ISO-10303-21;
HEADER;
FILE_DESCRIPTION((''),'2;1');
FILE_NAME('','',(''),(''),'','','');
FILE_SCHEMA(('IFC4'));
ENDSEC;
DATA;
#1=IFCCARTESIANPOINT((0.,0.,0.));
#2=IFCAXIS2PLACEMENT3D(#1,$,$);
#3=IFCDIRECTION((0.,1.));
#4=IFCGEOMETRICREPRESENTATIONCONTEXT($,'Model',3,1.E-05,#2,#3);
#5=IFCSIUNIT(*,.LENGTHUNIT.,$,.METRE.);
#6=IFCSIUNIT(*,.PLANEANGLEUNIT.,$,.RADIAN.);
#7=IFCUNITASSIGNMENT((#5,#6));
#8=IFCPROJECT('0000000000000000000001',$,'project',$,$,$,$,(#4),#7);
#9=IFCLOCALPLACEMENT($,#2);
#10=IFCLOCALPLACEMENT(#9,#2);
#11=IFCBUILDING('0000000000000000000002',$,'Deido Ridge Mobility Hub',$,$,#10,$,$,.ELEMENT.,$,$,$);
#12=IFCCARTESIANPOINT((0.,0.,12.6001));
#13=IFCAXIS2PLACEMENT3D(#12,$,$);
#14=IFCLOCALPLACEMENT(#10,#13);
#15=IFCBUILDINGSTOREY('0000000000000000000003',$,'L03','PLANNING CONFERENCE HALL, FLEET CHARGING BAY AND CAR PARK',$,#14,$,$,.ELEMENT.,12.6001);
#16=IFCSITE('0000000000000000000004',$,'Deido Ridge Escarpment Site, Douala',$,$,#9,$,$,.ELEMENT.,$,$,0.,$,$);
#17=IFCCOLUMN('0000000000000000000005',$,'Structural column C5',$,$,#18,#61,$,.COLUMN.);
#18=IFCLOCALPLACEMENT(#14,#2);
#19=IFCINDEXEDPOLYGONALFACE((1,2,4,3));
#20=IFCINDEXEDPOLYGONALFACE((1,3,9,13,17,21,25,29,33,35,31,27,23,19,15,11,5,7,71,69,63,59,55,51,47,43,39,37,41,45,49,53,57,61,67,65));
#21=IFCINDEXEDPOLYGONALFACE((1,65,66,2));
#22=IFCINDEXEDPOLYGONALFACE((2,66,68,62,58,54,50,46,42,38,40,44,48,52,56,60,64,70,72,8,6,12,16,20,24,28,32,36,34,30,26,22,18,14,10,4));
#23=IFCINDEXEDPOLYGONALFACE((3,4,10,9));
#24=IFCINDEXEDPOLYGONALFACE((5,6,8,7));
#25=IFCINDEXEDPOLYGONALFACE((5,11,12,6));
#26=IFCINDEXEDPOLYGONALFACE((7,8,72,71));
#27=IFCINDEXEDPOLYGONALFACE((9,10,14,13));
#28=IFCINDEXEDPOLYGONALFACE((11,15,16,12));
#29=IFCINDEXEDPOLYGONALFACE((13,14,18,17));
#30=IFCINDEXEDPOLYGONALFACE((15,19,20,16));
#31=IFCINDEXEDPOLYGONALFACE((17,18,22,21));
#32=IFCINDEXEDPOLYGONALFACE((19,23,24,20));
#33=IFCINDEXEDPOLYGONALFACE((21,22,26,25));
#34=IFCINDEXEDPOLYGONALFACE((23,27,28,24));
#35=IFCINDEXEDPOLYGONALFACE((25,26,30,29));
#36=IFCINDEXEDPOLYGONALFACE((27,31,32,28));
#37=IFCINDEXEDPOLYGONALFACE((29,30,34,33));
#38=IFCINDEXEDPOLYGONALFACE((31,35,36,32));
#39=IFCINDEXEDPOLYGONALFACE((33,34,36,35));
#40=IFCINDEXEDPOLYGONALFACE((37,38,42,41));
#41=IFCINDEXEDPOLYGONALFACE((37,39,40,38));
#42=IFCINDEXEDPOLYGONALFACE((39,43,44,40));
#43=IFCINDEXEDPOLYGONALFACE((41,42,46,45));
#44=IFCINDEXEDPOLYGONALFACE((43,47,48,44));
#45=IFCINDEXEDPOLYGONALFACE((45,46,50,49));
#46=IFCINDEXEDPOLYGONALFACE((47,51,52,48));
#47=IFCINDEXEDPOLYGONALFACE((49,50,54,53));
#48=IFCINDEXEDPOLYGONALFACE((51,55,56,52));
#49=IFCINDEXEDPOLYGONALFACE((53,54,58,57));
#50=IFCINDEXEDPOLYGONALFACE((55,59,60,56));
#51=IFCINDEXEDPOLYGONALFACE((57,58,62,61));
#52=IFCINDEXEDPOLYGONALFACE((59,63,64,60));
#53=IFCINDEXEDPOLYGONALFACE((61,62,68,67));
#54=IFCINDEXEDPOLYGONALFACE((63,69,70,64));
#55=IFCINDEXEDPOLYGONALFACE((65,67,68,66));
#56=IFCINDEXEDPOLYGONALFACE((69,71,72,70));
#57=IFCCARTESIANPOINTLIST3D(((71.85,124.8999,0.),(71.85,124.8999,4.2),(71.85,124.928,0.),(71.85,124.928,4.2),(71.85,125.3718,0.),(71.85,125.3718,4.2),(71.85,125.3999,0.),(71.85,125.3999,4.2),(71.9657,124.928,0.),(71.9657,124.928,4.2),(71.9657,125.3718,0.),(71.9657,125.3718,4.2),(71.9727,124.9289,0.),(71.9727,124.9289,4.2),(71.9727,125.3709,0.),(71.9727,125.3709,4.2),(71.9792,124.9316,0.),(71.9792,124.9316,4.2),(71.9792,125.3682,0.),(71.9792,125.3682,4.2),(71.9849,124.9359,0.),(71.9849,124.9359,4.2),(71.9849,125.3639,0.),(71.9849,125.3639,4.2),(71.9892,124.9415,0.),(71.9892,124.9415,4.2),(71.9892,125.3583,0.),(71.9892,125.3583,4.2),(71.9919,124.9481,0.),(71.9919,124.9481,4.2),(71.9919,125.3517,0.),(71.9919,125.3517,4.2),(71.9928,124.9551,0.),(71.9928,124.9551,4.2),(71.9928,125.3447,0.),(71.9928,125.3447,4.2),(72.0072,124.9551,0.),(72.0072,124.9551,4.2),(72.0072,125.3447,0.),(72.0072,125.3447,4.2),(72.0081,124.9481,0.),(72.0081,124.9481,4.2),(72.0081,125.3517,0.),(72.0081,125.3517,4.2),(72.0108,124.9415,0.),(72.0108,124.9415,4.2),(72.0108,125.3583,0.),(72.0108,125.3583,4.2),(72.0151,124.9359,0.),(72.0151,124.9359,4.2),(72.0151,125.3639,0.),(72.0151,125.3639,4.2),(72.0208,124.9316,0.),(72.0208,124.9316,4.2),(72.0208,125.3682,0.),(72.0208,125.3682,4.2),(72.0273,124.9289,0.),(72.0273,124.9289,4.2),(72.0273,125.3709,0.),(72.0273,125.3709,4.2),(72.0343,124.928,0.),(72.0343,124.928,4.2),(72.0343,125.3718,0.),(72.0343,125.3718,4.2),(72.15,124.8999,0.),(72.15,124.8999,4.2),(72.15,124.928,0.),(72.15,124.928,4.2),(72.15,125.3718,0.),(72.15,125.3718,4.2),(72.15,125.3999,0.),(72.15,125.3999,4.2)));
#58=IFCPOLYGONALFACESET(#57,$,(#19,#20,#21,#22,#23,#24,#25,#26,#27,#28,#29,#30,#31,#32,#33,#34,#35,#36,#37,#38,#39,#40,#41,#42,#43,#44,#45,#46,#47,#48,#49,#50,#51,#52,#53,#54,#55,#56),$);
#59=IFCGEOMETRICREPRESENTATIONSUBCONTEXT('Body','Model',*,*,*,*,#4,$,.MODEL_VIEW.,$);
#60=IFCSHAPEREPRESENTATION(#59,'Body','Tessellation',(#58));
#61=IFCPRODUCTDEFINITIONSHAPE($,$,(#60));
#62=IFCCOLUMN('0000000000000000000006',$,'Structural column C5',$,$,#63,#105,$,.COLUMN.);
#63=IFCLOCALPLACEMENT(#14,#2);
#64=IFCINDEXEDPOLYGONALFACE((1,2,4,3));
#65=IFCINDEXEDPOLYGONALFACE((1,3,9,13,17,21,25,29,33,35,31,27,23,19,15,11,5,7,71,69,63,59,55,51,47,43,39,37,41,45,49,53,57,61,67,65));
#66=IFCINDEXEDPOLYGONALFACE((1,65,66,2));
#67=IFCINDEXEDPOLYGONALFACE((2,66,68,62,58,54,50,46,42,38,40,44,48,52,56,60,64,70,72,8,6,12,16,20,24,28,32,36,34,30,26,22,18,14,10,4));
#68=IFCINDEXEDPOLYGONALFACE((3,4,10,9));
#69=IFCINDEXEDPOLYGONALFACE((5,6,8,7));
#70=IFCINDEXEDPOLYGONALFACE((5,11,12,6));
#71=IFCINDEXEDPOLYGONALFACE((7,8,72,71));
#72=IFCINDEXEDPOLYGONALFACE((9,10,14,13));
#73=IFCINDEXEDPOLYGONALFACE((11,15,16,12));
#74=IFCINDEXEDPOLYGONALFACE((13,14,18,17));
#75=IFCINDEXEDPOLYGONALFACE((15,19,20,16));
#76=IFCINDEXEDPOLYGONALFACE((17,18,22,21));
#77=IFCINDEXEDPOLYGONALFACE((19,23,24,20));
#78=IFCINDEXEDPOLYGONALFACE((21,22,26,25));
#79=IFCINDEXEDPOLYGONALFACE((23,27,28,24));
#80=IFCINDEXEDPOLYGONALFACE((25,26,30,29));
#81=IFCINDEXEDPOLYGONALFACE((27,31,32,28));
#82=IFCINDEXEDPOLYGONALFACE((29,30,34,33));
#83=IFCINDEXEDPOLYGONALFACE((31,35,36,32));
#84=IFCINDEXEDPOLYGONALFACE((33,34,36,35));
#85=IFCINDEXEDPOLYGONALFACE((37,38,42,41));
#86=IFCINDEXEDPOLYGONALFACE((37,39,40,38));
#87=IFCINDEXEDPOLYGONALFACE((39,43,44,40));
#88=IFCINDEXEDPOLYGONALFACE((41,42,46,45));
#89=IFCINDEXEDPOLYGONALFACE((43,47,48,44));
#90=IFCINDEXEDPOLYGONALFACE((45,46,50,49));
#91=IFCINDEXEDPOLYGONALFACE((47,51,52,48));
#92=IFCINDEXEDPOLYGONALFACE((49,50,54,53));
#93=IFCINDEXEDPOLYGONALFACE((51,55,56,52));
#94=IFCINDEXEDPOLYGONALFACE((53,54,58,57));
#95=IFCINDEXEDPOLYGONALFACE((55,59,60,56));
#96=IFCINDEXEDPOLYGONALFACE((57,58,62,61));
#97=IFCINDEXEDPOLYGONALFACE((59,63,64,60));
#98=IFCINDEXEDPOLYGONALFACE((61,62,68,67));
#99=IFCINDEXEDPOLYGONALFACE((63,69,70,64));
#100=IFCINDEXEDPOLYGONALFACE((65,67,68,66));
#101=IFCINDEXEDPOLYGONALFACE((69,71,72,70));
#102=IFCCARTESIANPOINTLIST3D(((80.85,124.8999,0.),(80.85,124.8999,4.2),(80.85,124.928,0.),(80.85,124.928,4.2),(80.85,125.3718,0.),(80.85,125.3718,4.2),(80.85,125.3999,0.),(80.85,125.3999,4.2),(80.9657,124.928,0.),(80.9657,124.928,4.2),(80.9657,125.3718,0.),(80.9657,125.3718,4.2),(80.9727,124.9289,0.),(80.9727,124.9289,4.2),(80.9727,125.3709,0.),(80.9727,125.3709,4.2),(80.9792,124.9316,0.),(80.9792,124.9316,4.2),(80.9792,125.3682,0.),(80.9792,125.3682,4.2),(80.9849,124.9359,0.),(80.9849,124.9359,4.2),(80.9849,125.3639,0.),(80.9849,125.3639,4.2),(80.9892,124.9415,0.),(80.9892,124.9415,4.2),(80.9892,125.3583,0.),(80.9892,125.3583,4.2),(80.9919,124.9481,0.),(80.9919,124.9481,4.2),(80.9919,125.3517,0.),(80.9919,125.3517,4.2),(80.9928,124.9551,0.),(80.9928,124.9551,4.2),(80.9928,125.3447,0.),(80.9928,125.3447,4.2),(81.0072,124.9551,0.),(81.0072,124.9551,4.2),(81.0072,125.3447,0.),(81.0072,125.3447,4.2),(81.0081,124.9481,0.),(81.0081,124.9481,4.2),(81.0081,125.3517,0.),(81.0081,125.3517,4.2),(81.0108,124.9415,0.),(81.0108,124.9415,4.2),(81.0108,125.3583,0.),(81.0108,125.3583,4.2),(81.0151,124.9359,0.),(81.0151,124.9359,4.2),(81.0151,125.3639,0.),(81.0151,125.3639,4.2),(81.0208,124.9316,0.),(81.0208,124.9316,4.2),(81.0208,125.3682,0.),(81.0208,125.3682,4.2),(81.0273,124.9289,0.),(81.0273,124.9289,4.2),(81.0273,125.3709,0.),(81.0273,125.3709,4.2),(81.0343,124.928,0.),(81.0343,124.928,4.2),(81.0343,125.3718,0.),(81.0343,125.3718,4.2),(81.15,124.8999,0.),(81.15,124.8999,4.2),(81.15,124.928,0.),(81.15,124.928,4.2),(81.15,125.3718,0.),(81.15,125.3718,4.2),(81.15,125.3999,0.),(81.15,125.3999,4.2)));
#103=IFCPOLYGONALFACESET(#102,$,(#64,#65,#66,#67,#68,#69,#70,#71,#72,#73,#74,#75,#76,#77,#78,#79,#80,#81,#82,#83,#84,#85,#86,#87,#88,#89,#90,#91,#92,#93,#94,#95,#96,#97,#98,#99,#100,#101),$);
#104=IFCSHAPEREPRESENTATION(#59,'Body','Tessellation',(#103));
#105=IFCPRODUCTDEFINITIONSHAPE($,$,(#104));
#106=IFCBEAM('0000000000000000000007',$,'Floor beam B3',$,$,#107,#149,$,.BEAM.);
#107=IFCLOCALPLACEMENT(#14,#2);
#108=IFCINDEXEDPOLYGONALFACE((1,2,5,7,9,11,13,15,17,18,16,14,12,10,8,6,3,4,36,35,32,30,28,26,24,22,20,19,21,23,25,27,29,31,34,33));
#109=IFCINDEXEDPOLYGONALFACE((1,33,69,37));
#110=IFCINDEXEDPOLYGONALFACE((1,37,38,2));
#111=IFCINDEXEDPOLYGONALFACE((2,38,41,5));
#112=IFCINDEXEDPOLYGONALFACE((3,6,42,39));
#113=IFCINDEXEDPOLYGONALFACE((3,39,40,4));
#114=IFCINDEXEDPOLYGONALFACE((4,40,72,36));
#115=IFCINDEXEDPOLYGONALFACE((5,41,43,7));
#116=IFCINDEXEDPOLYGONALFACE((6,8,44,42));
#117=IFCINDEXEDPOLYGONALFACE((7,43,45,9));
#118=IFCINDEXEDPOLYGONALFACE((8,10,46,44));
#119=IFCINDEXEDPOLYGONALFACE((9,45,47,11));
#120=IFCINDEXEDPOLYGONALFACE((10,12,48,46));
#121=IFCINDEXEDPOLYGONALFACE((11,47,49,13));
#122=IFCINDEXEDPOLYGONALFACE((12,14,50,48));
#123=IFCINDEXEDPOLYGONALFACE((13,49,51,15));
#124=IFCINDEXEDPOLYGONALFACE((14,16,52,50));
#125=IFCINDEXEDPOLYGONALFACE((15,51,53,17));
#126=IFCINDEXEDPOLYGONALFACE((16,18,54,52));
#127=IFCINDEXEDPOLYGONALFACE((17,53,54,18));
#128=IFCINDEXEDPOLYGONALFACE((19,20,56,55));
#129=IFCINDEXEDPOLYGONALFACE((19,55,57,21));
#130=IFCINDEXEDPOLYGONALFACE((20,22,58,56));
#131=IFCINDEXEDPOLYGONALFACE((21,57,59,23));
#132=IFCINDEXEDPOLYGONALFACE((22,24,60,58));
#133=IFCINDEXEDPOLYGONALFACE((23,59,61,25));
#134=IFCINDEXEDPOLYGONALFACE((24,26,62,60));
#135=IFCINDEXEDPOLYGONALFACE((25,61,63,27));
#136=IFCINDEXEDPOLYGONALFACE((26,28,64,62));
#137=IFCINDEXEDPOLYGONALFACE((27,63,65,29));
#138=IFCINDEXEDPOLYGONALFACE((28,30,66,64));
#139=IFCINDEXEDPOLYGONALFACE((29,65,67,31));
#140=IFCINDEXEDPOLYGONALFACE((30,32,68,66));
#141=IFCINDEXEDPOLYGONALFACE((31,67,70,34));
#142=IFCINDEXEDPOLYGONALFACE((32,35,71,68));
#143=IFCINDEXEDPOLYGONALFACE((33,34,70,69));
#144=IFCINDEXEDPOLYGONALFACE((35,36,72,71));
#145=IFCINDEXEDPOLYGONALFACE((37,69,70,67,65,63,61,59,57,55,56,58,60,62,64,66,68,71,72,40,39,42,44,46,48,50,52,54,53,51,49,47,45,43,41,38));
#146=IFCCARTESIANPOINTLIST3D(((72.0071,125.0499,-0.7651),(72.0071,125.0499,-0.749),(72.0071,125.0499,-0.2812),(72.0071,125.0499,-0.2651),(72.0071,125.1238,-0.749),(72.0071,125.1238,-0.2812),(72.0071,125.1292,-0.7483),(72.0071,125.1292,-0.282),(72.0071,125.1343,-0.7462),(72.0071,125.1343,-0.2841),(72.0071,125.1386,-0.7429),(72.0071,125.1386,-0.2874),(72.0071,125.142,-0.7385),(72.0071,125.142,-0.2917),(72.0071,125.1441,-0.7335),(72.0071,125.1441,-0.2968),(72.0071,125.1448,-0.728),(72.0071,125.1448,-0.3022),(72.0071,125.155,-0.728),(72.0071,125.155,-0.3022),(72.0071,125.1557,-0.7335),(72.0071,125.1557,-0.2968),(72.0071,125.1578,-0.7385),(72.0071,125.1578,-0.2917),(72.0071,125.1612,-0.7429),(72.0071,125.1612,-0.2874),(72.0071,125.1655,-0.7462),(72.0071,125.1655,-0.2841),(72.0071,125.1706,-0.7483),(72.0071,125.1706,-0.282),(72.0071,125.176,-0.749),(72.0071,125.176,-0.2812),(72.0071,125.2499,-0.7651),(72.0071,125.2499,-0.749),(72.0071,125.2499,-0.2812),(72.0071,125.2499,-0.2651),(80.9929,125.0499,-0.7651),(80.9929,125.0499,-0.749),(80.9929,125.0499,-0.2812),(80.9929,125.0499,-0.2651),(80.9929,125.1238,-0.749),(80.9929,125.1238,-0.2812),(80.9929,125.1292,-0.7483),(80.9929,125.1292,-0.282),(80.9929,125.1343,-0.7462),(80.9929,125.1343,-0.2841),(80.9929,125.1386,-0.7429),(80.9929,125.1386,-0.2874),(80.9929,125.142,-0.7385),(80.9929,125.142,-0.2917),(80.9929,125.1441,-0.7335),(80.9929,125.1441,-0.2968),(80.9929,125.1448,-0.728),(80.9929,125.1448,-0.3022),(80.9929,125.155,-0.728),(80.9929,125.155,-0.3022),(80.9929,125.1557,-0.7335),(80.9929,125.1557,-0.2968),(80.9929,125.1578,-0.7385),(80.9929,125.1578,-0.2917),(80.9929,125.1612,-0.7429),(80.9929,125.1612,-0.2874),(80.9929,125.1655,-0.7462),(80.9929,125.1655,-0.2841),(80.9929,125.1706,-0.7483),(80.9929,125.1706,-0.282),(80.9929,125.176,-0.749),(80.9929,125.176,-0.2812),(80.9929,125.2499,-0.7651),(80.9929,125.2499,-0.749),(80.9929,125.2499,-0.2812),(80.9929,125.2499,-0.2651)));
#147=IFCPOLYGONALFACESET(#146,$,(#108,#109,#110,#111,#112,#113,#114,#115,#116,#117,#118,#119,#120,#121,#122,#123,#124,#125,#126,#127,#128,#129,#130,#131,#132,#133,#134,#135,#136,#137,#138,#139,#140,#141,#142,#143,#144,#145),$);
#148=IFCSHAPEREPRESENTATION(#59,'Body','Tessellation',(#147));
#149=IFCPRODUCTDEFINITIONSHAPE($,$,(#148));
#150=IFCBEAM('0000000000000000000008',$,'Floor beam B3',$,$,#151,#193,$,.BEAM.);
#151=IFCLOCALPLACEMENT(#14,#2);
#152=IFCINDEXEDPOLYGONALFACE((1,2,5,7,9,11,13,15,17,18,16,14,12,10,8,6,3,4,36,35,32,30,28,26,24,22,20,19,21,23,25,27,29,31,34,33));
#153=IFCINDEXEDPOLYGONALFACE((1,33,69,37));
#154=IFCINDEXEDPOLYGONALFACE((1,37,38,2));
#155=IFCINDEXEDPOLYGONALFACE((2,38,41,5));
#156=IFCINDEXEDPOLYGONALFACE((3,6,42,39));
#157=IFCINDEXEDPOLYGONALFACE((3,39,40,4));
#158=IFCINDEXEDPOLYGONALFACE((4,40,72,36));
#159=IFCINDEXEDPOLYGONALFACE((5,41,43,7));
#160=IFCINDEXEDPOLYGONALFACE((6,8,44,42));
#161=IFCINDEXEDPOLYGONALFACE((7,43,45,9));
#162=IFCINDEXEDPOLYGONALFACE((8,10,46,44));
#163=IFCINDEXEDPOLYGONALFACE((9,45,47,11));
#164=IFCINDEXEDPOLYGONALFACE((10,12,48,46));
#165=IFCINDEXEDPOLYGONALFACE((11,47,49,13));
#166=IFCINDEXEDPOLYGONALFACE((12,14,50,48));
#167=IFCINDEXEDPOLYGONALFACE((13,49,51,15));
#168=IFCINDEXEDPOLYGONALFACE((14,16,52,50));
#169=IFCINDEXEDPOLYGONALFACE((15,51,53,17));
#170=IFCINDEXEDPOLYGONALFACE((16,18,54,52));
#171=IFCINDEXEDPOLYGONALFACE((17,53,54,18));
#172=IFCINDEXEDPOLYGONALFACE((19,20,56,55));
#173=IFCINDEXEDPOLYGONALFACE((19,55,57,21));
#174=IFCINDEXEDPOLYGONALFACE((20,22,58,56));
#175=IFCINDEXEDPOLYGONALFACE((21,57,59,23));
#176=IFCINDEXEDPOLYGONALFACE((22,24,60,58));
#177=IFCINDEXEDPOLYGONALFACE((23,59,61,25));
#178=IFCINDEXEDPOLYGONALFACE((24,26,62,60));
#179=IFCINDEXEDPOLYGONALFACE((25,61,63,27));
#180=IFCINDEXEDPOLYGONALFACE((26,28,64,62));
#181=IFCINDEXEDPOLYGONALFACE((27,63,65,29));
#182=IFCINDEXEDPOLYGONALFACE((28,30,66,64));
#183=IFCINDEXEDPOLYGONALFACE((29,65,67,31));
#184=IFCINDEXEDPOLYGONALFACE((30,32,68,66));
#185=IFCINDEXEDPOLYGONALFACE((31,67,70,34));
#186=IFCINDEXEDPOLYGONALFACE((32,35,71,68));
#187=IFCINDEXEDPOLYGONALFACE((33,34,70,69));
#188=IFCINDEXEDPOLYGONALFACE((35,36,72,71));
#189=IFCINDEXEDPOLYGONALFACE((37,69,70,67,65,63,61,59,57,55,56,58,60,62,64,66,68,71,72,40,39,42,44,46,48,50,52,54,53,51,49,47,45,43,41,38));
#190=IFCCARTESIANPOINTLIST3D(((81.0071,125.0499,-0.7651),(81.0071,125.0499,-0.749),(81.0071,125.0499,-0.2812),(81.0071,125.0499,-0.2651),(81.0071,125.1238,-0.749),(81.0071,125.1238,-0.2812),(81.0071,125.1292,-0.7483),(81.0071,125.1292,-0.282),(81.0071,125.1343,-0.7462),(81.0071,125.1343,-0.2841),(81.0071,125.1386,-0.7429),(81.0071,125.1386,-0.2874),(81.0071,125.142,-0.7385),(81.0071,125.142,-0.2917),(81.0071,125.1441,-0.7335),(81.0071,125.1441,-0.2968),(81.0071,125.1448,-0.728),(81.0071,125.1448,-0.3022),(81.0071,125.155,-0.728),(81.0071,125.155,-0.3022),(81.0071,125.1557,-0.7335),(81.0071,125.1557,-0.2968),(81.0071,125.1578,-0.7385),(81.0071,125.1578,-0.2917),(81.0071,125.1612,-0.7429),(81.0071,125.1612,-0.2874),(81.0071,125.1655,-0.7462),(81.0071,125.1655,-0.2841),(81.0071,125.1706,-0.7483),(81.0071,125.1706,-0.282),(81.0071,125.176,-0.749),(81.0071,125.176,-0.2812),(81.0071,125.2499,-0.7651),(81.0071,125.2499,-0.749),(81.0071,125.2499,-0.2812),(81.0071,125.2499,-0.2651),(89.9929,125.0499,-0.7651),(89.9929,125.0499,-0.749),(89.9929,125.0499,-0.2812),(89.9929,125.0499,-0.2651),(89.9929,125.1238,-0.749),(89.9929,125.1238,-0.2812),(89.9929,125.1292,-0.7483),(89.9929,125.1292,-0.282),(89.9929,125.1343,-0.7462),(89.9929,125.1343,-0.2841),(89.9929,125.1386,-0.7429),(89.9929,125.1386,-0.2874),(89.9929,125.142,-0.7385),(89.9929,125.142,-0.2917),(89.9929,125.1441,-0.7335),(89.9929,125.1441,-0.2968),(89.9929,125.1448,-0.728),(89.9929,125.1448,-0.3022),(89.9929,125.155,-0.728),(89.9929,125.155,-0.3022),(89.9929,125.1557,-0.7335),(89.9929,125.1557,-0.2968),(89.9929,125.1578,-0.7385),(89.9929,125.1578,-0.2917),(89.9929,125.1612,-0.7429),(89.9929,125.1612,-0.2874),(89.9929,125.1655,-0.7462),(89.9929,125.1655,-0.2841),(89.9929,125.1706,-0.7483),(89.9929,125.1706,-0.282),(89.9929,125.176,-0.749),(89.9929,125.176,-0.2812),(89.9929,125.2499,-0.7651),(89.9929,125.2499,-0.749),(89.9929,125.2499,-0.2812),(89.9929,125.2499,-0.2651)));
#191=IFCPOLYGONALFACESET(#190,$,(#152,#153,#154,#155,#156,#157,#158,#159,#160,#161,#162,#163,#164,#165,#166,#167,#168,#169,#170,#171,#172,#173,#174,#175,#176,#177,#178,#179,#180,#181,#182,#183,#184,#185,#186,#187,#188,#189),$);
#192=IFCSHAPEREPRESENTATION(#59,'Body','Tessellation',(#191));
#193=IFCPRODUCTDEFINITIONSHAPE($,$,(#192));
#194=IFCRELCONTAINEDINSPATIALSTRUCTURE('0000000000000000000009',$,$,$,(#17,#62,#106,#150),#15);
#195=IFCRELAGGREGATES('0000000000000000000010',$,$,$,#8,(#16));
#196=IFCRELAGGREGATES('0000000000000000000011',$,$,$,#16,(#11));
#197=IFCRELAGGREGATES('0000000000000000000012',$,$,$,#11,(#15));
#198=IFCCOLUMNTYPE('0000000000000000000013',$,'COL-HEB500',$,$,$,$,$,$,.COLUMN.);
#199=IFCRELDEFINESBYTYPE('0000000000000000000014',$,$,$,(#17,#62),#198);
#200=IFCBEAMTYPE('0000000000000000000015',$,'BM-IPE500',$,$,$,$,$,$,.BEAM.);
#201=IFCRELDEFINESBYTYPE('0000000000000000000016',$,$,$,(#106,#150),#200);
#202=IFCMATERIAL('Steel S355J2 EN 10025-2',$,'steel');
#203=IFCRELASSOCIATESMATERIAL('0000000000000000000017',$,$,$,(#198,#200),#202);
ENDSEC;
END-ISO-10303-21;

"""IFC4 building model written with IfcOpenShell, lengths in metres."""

from ifc_helpers import new_model, si_unit, direction, frame, origin, origin_2d, place, context, subcontext, project, spatial, i_section, extrude, material, material_profile, profile_set, type_object, element, save


model = new_model("IFC4")

# Units and contexts
model_context = context("Model", 3, precision=1e-05, world=origin(), true_north=direction((0.0, 1.0)))
body_context = subcontext(model_context, "Body", "Model", "MODEL_VIEW")
ifc_project = project(units=[si_unit("LENGTHUNIT", "METRE"), si_unit("PLANEANGLEUNIT", "RADIAN")], contexts=[model_context])

# Site, building, storey
site_placement = place(None, origin())
site = spatial("IfcSite", under=ifc_project, at=site_placement, Name="Deido Ridge Escarpment Site, Douala", CompositionType="ELEMENT", RefElevation=0.0)
building_placement = place(site_placement, origin())
building = spatial("IfcBuilding", under=site, at=building_placement, Name="Deido Ridge Mobility Hub", CompositionType="ELEMENT")
storey_placement = place(building_placement, frame((0.0, 0.0, 12.6001)))
storey = spatial("IfcBuildingStorey", under=building, at=storey_placement, Name="L03", Description="PLANNING CONFERENCE HALL, FLEET CHARGING BAY AND CAR PARK", CompositionType="ELEMENT", Elevation=12.6001)

# Columns
ifc_material_1 = material(Name="Steel S355J2 EN 10025-2", Category="steel")
ifc_material_profile_1 = material_profile(ifc_material_1, i_section(OverallWidth=0.3, OverallDepth=0.5, WebThickness=0.0144, FlangeThickness=0.0281, FilletRadius=0.0271, at=origin_2d()), Name="HEB 500")
ifc_profile_set_1 = profile_set([ifc_material_profile_1], Name="Steel S355J2 EN 10025-2")
column_type = type_object("IfcColumnType", Name="COL-HEB500", PredefinedType="COLUMN", material=ifc_profile_set_1)
for number, where, z_axis, x_axis, name in (
    (1, (72.0, 125.1499, 0.0), (0.0, 0.0, 1.0), (1.0, 0.0, 0.0), "Structural column C5"),
    (2, (81.0, 125.1499, 0.0), (0.0, 0.0, 1.0), (1.0, 0.0, 0.0), "Structural column C5"),
):
    element("IfcColumn", number, at=place(storey_placement, frame(where, z_axis=z_axis, x_axis=x_axis)), inside=storey, type_object=column_type, Name=name, PredefinedType="COLUMN", context=body_context, shape_type="SweptSolid", body=[
        extrude(i_section(OverallWidth=0.3, OverallDepth=0.5, WebThickness=0.0144, FlangeThickness=0.0281, FilletRadius=0.0271, at=origin_2d()), origin(), (0.0, 0.0, 1.0), 4.2),
    ])

# Beams
ifc_material_profile_2 = material_profile(ifc_material_1, i_section(OverallWidth=0.2, OverallDepth=0.5, WebThickness=0.0103, FlangeThickness=0.0161, FilletRadius=0.021, at=origin_2d()), Name="IPE 500")
ifc_profile_set_2 = profile_set([ifc_material_profile_2], Name="Steel S355J2 EN 10025-2")
beam_type_1 = type_object("IfcBeamType", Name="BM-IPE500", PredefinedType="BEAM", material=ifc_profile_set_2)
for number, where, z_axis, x_axis, name in (
    (3, (72.0071, 125.1499, -0.5151), (1.0, 0.0, 0.0), (0.0, 1.0, 0.0), "Floor beam B3"),
    (4, (81.0071, 125.1499, -0.5151), (1.0, 0.0, 0.0), (0.0, 1.0, 0.0), "Floor beam B3"),
):
    element("IfcBeam", number, at=place(storey_placement, frame(where, z_axis=z_axis, x_axis=x_axis)), inside=storey, type_object=beam_type_1, Name=name, PredefinedType="BEAM", context=body_context, shape_type="SweptSolid", body=[
        extrude(i_section(OverallWidth=0.2, OverallDepth=0.5, WebThickness=0.0103, FlangeThickness=0.0161, FilletRadius=0.021, at=origin_2d()), origin(), (0.0, 0.0, 1.0), 8.9858),
    ])

save(model, "model.ifc")
